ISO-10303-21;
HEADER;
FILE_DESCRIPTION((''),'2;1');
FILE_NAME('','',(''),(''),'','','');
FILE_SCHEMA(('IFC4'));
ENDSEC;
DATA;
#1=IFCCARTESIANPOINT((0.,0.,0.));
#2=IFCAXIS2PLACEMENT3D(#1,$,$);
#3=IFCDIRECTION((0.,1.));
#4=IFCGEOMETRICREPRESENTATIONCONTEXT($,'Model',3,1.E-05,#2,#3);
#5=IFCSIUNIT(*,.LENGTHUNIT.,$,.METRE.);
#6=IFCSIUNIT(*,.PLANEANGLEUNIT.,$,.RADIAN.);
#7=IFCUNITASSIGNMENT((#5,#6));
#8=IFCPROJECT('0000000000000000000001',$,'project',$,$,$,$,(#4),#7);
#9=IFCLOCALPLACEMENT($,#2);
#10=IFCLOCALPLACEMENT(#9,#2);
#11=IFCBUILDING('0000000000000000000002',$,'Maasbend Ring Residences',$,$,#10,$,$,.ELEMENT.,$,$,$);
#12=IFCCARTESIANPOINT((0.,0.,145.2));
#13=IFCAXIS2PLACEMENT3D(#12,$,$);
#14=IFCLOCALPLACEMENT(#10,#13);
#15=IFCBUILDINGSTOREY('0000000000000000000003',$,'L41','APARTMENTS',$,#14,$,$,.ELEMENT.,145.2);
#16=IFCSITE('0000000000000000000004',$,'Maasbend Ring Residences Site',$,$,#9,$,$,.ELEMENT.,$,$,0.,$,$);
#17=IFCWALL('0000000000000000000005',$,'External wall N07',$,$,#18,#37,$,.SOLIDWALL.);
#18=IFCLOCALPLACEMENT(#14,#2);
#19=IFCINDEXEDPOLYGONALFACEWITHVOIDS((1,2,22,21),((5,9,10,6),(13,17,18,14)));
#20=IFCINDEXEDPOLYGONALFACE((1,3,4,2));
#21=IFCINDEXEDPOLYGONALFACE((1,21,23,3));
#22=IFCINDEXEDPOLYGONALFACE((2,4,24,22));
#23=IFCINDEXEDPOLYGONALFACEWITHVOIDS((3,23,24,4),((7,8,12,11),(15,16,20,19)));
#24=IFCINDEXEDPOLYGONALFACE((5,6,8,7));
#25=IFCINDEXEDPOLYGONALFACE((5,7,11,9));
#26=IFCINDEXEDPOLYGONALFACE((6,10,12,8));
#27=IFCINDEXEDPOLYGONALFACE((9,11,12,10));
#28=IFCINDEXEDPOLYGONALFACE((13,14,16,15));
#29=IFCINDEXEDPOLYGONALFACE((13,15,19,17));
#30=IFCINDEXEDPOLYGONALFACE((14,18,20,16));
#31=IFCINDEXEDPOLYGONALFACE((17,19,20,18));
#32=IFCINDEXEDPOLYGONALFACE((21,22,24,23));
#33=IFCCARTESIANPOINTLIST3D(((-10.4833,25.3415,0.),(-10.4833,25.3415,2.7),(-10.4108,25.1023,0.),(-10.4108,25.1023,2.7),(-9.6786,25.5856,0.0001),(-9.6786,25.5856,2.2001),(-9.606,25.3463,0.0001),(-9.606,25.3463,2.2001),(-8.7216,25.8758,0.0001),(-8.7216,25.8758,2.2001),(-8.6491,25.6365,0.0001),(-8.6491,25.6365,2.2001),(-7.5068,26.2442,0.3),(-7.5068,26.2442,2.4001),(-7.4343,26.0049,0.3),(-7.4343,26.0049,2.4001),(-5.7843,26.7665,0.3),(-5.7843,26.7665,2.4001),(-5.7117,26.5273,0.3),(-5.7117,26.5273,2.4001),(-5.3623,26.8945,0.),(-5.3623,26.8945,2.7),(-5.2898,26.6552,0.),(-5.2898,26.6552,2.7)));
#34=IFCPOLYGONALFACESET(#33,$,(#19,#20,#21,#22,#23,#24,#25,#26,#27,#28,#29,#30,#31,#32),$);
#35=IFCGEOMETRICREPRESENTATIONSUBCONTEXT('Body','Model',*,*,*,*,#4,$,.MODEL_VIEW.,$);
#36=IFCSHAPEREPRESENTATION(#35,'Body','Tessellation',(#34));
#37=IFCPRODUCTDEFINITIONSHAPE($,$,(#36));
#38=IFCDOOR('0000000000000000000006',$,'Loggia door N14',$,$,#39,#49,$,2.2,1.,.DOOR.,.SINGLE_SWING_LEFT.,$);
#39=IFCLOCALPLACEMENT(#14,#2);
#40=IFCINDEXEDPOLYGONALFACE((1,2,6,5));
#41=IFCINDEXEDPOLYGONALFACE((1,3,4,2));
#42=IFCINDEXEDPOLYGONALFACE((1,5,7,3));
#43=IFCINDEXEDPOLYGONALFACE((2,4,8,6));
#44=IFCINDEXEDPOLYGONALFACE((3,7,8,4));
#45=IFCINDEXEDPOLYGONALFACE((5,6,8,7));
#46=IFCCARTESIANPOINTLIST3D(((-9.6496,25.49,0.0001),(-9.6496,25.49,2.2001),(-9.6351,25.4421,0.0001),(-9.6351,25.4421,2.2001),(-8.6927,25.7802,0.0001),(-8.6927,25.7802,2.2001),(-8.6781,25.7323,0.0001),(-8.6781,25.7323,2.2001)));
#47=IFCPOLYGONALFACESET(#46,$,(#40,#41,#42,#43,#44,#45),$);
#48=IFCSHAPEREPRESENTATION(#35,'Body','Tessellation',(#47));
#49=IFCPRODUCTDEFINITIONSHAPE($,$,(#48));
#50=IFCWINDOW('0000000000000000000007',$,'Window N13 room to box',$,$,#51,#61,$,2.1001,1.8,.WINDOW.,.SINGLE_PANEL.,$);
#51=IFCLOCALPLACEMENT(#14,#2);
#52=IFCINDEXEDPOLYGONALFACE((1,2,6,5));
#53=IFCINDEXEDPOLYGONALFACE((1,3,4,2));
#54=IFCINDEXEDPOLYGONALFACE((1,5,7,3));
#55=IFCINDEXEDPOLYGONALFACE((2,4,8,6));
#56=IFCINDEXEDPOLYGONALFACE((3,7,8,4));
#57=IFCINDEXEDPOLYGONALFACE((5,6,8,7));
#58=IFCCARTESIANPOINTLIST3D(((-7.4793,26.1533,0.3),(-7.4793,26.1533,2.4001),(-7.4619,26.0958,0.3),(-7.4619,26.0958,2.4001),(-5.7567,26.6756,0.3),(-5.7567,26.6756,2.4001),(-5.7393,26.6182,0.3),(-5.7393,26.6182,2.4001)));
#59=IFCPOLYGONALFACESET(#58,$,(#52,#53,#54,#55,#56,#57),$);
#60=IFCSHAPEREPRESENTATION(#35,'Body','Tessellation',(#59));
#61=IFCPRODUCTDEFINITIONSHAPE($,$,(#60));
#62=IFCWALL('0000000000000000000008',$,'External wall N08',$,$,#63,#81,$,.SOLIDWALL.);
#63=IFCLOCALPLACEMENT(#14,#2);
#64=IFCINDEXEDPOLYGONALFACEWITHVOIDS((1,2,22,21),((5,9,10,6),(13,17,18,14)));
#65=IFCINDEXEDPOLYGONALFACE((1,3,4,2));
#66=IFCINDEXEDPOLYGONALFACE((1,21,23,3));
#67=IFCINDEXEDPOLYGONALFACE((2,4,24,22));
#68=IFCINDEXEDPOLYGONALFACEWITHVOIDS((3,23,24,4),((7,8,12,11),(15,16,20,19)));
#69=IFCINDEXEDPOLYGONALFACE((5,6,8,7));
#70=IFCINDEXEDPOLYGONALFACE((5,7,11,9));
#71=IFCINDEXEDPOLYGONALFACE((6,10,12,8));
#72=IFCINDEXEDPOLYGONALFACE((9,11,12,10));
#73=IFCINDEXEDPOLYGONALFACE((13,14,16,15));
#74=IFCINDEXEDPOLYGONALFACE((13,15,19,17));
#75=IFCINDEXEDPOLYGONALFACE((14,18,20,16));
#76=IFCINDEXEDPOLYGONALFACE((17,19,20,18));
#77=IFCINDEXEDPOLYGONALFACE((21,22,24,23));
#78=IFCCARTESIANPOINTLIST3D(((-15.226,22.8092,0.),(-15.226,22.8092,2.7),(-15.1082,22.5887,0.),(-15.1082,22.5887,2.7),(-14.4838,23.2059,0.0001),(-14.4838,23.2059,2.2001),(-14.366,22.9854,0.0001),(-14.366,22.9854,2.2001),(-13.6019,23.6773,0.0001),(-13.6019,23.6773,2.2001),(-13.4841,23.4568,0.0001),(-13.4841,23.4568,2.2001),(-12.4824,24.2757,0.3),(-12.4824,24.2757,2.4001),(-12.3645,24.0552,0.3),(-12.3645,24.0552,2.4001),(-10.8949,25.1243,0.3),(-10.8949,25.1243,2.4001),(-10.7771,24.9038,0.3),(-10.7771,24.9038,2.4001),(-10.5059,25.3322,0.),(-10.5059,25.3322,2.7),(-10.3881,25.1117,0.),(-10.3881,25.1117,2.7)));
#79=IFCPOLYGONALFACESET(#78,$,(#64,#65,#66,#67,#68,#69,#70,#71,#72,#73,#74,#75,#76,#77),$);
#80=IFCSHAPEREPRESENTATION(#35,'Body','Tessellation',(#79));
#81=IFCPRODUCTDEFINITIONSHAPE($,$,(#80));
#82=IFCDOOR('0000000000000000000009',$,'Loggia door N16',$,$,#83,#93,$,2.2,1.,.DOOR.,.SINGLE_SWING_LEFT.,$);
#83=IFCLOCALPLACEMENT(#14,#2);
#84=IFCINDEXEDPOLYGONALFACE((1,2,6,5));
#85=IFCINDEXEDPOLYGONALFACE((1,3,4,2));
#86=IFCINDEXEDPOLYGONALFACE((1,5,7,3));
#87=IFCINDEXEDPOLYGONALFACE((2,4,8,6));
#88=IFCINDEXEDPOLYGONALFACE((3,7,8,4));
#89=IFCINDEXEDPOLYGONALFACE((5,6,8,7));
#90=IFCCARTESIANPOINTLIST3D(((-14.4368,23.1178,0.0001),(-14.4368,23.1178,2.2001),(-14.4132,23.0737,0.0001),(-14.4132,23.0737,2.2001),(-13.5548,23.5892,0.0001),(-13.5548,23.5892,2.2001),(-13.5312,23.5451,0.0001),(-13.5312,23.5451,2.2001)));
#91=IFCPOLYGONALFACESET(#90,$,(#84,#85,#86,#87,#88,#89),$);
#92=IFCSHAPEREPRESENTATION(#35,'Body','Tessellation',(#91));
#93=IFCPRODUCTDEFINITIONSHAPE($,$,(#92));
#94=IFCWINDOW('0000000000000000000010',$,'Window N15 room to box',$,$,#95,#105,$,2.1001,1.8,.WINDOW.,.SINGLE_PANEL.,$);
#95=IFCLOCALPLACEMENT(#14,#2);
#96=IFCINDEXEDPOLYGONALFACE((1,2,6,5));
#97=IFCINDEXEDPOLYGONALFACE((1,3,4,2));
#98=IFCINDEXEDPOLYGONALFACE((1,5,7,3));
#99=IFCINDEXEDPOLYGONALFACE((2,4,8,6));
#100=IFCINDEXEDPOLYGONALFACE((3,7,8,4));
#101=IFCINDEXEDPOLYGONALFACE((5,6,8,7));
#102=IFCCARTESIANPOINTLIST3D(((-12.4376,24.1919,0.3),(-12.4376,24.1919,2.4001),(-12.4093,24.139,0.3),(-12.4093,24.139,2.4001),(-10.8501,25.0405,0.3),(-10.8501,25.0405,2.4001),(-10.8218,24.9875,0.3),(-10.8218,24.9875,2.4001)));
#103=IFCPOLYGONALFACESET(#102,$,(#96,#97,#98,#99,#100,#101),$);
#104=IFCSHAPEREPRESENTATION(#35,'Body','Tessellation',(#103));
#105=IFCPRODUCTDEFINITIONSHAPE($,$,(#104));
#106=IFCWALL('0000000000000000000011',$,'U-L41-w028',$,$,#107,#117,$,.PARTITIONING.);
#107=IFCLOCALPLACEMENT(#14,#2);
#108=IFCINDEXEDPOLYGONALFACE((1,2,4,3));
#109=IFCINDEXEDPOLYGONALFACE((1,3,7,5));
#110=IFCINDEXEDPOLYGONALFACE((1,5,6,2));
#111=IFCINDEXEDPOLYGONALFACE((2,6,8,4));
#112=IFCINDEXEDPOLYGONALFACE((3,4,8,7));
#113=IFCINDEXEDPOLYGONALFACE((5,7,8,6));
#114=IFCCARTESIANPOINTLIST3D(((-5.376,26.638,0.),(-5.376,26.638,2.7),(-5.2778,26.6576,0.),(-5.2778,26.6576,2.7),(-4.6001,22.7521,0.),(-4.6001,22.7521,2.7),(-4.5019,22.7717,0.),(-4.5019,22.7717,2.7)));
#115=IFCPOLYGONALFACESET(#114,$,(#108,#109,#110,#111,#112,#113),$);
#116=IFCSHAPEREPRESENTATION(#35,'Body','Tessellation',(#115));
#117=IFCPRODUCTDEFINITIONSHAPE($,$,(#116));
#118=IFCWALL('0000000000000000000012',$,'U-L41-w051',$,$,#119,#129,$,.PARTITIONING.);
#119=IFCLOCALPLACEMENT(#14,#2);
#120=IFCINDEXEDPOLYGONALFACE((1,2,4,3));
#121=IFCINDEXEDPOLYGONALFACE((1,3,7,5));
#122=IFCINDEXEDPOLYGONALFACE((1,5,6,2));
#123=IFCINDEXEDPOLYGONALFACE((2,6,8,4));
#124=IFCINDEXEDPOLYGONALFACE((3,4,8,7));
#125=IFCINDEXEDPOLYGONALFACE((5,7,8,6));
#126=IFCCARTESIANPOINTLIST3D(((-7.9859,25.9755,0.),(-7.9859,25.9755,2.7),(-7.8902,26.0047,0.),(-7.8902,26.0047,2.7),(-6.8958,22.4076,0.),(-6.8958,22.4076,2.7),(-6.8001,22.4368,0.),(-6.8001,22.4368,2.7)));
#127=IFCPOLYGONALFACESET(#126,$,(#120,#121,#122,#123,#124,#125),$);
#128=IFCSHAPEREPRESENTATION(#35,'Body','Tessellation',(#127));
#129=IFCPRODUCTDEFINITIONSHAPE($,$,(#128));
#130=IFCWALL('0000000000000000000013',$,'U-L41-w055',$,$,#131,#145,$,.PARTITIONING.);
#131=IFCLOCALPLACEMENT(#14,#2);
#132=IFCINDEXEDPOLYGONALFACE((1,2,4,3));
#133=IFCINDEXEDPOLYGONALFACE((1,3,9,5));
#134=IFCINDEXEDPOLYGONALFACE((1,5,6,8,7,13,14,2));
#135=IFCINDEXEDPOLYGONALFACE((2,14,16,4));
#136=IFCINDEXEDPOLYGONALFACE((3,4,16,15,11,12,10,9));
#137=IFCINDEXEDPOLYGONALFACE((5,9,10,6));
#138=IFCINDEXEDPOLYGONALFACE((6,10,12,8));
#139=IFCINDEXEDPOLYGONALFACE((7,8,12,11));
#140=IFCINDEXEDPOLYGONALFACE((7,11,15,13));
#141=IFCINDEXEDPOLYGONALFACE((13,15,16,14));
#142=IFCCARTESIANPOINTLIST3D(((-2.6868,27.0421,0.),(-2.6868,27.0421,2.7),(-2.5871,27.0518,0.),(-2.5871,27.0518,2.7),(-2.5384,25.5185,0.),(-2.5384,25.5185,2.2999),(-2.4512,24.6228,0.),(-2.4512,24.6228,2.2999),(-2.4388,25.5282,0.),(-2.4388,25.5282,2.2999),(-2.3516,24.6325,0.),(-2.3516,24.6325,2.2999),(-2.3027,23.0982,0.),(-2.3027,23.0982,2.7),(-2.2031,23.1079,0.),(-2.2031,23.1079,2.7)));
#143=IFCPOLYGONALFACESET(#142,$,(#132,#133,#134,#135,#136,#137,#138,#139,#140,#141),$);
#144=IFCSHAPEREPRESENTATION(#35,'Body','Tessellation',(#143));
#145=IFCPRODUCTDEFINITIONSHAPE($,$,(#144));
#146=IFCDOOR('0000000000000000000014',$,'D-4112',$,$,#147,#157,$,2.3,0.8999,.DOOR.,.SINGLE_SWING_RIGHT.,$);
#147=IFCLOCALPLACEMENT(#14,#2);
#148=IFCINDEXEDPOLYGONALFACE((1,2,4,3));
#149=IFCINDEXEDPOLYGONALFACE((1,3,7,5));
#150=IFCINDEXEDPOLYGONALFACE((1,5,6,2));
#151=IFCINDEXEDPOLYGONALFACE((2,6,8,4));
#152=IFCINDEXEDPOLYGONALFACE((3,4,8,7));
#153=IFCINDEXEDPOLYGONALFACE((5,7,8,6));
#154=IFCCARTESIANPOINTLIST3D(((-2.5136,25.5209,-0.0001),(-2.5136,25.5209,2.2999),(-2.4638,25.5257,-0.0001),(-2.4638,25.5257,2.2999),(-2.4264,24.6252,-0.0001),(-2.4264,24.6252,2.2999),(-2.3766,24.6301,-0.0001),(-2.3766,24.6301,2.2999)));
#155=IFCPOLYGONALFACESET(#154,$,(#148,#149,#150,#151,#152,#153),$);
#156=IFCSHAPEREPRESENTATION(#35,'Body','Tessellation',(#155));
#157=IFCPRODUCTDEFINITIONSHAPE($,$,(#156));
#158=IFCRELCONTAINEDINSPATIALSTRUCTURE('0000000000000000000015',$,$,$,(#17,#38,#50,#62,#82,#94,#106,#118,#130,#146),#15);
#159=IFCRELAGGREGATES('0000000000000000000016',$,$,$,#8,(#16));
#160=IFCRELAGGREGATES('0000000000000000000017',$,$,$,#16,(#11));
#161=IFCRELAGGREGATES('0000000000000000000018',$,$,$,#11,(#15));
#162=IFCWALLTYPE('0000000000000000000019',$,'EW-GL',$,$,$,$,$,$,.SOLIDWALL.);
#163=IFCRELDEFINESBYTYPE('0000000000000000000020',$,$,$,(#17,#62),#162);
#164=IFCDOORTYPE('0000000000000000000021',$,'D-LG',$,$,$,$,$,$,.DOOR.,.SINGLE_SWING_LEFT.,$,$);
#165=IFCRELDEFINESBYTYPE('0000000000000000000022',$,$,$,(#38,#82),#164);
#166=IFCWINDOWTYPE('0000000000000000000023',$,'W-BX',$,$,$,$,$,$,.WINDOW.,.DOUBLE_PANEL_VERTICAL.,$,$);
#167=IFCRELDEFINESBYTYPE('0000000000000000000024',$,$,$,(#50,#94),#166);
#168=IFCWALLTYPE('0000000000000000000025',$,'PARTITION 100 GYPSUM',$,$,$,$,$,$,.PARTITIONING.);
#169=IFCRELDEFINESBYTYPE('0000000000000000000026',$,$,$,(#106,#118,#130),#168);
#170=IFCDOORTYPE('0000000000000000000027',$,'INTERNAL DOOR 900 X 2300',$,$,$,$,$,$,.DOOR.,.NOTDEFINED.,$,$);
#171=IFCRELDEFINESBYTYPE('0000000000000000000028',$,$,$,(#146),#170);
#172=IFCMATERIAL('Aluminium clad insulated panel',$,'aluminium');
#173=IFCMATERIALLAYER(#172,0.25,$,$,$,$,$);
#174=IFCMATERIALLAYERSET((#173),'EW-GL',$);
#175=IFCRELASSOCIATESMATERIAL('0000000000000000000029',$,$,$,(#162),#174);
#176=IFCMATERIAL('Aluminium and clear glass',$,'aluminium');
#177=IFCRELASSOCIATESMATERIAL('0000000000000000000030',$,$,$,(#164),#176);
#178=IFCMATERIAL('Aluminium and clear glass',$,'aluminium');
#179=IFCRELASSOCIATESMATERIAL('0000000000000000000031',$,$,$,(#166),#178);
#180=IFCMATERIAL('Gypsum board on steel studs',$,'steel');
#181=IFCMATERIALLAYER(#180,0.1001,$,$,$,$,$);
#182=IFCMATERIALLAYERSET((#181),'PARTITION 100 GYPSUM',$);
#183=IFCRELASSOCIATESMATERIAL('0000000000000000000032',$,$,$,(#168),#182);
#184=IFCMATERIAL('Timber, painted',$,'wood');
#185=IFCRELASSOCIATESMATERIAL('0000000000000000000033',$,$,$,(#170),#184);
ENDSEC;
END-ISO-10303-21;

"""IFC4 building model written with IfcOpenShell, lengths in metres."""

from ifc_helpers import new_model, si_unit, direction, frame, frame_2d, origin, place, context, subcontext, project, spatial, rectangle, extrude, material, layer, layer_set, type_object, element, fill, save


model = new_model("IFC4")

# Units and contexts
model_context = context("Model", 3, precision=1e-05, world=origin(), true_north=direction((0.0, 1.0)))
body_context = subcontext(model_context, "Body", "Model", "MODEL_VIEW")
ifc_project = project(units=[si_unit("LENGTHUNIT", "METRE"), si_unit("PLANEANGLEUNIT", "RADIAN")], contexts=[model_context])

# Site, building, storey
site_placement = place(None, origin())
site = spatial("IfcSite", under=ifc_project, at=site_placement, Name="Maasbend Ring Residences Site", CompositionType="ELEMENT", RefElevation=0.0)
building_placement = place(site_placement, origin())
building = spatial("IfcBuilding", under=site, at=building_placement, Name="Maasbend Ring Residences", CompositionType="ELEMENT")
storey_placement = place(building_placement, frame((0.0, 0.0, 145.2)))
storey = spatial("IfcBuildingStorey", under=building, at=storey_placement, Name="L41", Description="APARTMENTS", CompositionType="ELEMENT", Elevation=145.2)

# Walls, openings, doors, windows
ifc_material_1 = material(Name="Aluminium clad insulated panel", Category="aluminium")
ifc_layer_1 = layer(ifc_material_1, 0.25)
ifc_layer_set_1 = layer_set([ifc_layer_1], Name="EW-GL")
wall_type_1 = type_object("IfcWallType", Name="EW-GL", PredefinedType="SOLIDWALL", material=ifc_layer_set_1)
wall_1_placement = place(storey_placement, frame((-5.3259, 26.7749, 0.0), z_axis=(0.0, 0.0, 1.0), x_axis=(-0.956966, -0.290201, 0.0)))
wall_1 = element("IfcWall", 1, at=wall_1_placement, inside=storey, type_object=wall_type_1, Name="External wall N07", PredefinedType="SOLIDWALL", context=body_context, shape_type="SweptSolid", body=[
    extrude(rectangle(XDim=5.3513, YDim=0.25, at=frame_2d((2.6758, 0.0))), origin(), (0.0, 0.0, 1.0), 2.7),
])
opening_1_placement = place(wall_1_placement, frame((0.4412, 0.0, 0.3)))
opening_1 = element("IfcOpeningElement", 2, at=opening_1_placement, cuts=wall_1, PredefinedType="OPENING", context=body_context, shape_type="SweptSolid", body=[
    extrude(rectangle(XDim=1.8, YDim=2.1001, at=frame_2d((0.8999, 1.05))), frame((0.0, 0.135, 0.0), z_axis=(0.0, -1.0, 0.0), x_axis=(1.0, 0.0, 0.0)), (0.0, 0.0, 1.0), 0.27),
])
opening_2_placement = place(wall_1_placement, frame((3.5105, 0.0, 0.0)))
opening_2 = element("IfcOpeningElement", 3, at=opening_2_placement, cuts=wall_1, PredefinedType="OPENING", context=body_context, shape_type="SweptSolid", body=[
    extrude(rectangle(XDim=1.0, YDim=2.2, at=frame_2d((0.5, 1.1001))), frame((0.0, 0.135, 0.0), z_axis=(0.0, -1.0, 0.0), x_axis=(1.0, 0.0, 0.0)), (0.0, 0.0, 1.0), 0.27),
])
ifc_material_2 = material(Name="Aluminium and clear glass", Category="aluminium")
door_type_1 = type_object("IfcDoorType", Name="D-LG", OperationType="SINGLE_SWING_LEFT", PredefinedType="DOOR", material=ifc_material_2)
door_1_placement = place(opening_2_placement, origin())
door_1 = element("IfcDoor", 4, at=door_1_placement, inside=storey, type_object=door_type_1, Name="Loggia door N14", OperationType="SINGLE_SWING_LEFT", OverallHeight=2.2, OverallWidth=1.0, PredefinedType="DOOR", context=body_context, shape_type="SweptSolid", body=[
    extrude(rectangle(XDim=1.0, YDim=2.2, at=frame_2d((0.5, 1.1001))), frame((0.0, 0.0249, 0.0), z_axis=(0.0, -1.0, 0.0), x_axis=(1.0, 0.0, 0.0)), (0.0, 0.0, 1.0), 0.05),
])
fill(opening_2, door_1)
ifc_material_3 = material(Name="Aluminium and clear glass", Category="aluminium")
window_type_1 = type_object("IfcWindowType", Name="W-BX", PartitioningType="DOUBLE_PANEL_VERTICAL", PredefinedType="WINDOW", material=ifc_material_3)
window_1_placement = place(opening_1_placement, origin())
window_1 = element("IfcWindow", 5, at=window_1_placement, inside=storey, type_object=window_type_1, Name="Window N13 room to box", OverallHeight=2.1001, OverallWidth=1.8, PartitioningType="SINGLE_PANEL", PredefinedType="WINDOW", context=body_context, shape_type="SweptSolid", body=[
    extrude(rectangle(XDim=1.8, YDim=2.1001, at=frame_2d((0.8999, 1.05))), frame((0.0, 0.03, 0.0), z_axis=(0.0, -1.0, 0.0), x_axis=(1.0, 0.0, 0.0)), (0.0, 0.0, 1.0), 0.0601),
])
fill(opening_1, window_1)
wall_2_placement = place(storey_placement, frame((-10.447, 25.2219, 0.0), z_axis=(0.0, 0.0, 1.0), x_axis=(-0.881916, -0.471407, 0.0)))
wall_2 = element("IfcWall", 6, at=wall_2_placement, inside=storey, type_object=wall_type_1, Name="External wall N08", PredefinedType="SOLIDWALL", context=body_context, shape_type="SweptSolid", body=[
    extrude(rectangle(XDim=5.3521, YDim=0.25, at=frame_2d((2.676, 0.0))), origin(), (0.0, 0.0, 1.0), 2.7),
])
opening_3_placement = place(wall_2_placement, frame((0.4412, 0.0, 0.3)))
opening_3 = element("IfcOpeningElement", 7, at=opening_3_placement, cuts=wall_2, PredefinedType="OPENING", context=body_context, shape_type="SweptSolid", body=[
    extrude(rectangle(XDim=1.8, YDim=2.1001, at=frame_2d((0.8999, 1.05))), frame((0.0, 0.135, 0.0), z_axis=(0.0, -1.0, 0.0), x_axis=(1.0, 0.0, 0.0)), (0.0, 0.0, 1.0), 0.27),
])
opening_4_placement = place(wall_2_placement, frame((3.5105, 0.0, 0.0)))
opening_4 = element("IfcOpeningElement", 8, at=opening_4_placement, cuts=wall_2, PredefinedType="OPENING", context=body_context, shape_type="SweptSolid", body=[
    extrude(rectangle(XDim=1.0, YDim=2.2, at=frame_2d((0.5, 1.1001))), frame((0.0, 0.135, 0.0), z_axis=(0.0, -1.0, 0.0), x_axis=(1.0, 0.0, 0.0)), (0.0, 0.0, 1.0), 0.27),
])
door_2_placement = place(opening_4_placement, origin())
door_2 = element("IfcDoor", 9, at=door_2_placement, inside=storey, type_object=door_type_1, Name="Loggia door N16", OperationType="SINGLE_SWING_LEFT", OverallHeight=2.2, OverallWidth=1.0, PredefinedType="DOOR", context=body_context, shape_type="SweptSolid", body=[
    extrude(rectangle(XDim=1.0, YDim=2.2, at=frame_2d((0.5, 1.1001))), frame((0.0, 0.0249, 0.0), z_axis=(0.0, -1.0, 0.0), x_axis=(1.0, 0.0, 0.0)), (0.0, 0.0, 1.0), 0.05),
])
fill(opening_4, door_2)
window_2_placement = place(opening_3_placement, origin())
window_2 = element("IfcWindow", 10, at=window_2_placement, inside=storey, type_object=window_type_1, Name="Window N15 room to box", OverallHeight=2.1001, OverallWidth=1.8, PartitioningType="SINGLE_PANEL", PredefinedType="WINDOW", context=body_context, shape_type="SweptSolid", body=[
    extrude(rectangle(XDim=1.8, YDim=2.1001, at=frame_2d((0.8999, 1.05))), frame((0.0, 0.03, 0.0), z_axis=(0.0, -1.0, 0.0), x_axis=(1.0, 0.0, 0.0)), (0.0, 0.0, 1.0), 0.0601),
])
fill(opening_3, window_2)

# Walls
ifc_material_4 = material(Name="Gypsum board on steel studs", Category="steel")
ifc_layer_2 = layer(ifc_material_4, 0.1001)
ifc_layer_set_2 = layer_set([ifc_layer_2], Name="PARTITION 100 GYPSUM")
wall_type_2 = type_object("IfcWallType", Name="PARTITION 100 GYPSUM", PredefinedType="PARTITIONING", material=ifc_layer_set_2)
wall_3_placement = place(storey_placement, frame((-5.3269, 26.6479, 0.0), z_axis=(0.0, 0.0, 1.0), x_axis=(0.195796, -0.980645, 0.0)))
element("IfcWall", 11, at=wall_3_placement, inside=storey, type_object=wall_type_2, Name="U-L41-w028", PredefinedType="PARTITIONING", context=body_context, shape_type="SweptSolid", body=[
    extrude(rectangle(XDim=3.9626, YDim=0.1001, at=frame_2d((1.9814, 0.0))), origin(), (0.0, 0.0, 1.0), 2.7),
])
wall_4_placement = place(storey_placement, frame((-7.938, 25.99, 0.0), z_axis=(0.0, 0.0, 1.0), x_axis=(0.292195, -0.956359, 0.0)))
element("IfcWall", 12, at=wall_4_placement, inside=storey, type_object=wall_type_2, Name="U-L41-w051", PredefinedType="PARTITIONING", context=body_context, shape_type="SweptSolid", body=[
    extrude(rectangle(XDim=3.7307, YDim=0.1001, at=frame_2d((1.8652, 0.0))), origin(), (0.0, 0.0, 1.0), 2.7),
])

# Wall, opening, door
wall_5_placement = place(storey_placement, frame((-2.637, 27.0471, 0.0), z_axis=(0.0, 0.0, 1.0), x_axis=(0.096911, -0.995293, 0.0)))
wall_5 = element("IfcWall", 13, at=wall_5_placement, inside=storey, type_object=wall_type_2, Name="U-L41-w055", PredefinedType="PARTITIONING", context=body_context, shape_type="SweptSolid", body=[
    extrude(rectangle(XDim=3.9626, YDim=0.1001, at=frame_2d((1.9814, 0.0))), origin(), (0.0, 0.0, 1.0), 2.7),
])
opening_5_placement = place(wall_5_placement, frame((1.531, 0.0, 0.0)))
opening_5 = element("IfcOpeningElement", 14, at=opening_5_placement, cuts=wall_5, PredefinedType="OPENING", context=body_context, shape_type="SweptSolid", body=[
    extrude(rectangle(XDim=0.8999, YDim=2.3, at=frame_2d((0.45, 1.1499))), frame((0.0, 0.0601, 0.0), z_axis=(0.0, -1.0, 0.0), x_axis=(1.0, 0.0, 0.0)), (0.0, 0.0, 1.0), 0.1201),
])
ifc_material_5 = material(Name="Timber, painted", Category="wood")
door_type_2 = type_object("IfcDoorType", Name="INTERNAL DOOR 900 X 2300", OperationType="NOTDEFINED", PredefinedType="DOOR", material=ifc_material_5)
door_3_placement = place(opening_5_placement, origin())
door_3 = element("IfcDoor", 15, at=door_3_placement, inside=storey, type_object=door_type_2, Name="D-4112", OperationType="SINGLE_SWING_RIGHT", OverallHeight=2.3, OverallWidth=0.8999, PredefinedType="DOOR", context=body_context, shape_type="SweptSolid", body=[
    extrude(rectangle(XDim=0.8999, YDim=2.3, at=frame_2d((0.45, 1.1499))), frame((0.0, 0.0249, 0.0), z_axis=(0.0, -1.0, 0.0), x_axis=(1.0, 0.0, 0.0)), (0.0, 0.0, 1.0), 0.05),
])
fill(opening_5, door_3)

save(model, "model.ifc")
